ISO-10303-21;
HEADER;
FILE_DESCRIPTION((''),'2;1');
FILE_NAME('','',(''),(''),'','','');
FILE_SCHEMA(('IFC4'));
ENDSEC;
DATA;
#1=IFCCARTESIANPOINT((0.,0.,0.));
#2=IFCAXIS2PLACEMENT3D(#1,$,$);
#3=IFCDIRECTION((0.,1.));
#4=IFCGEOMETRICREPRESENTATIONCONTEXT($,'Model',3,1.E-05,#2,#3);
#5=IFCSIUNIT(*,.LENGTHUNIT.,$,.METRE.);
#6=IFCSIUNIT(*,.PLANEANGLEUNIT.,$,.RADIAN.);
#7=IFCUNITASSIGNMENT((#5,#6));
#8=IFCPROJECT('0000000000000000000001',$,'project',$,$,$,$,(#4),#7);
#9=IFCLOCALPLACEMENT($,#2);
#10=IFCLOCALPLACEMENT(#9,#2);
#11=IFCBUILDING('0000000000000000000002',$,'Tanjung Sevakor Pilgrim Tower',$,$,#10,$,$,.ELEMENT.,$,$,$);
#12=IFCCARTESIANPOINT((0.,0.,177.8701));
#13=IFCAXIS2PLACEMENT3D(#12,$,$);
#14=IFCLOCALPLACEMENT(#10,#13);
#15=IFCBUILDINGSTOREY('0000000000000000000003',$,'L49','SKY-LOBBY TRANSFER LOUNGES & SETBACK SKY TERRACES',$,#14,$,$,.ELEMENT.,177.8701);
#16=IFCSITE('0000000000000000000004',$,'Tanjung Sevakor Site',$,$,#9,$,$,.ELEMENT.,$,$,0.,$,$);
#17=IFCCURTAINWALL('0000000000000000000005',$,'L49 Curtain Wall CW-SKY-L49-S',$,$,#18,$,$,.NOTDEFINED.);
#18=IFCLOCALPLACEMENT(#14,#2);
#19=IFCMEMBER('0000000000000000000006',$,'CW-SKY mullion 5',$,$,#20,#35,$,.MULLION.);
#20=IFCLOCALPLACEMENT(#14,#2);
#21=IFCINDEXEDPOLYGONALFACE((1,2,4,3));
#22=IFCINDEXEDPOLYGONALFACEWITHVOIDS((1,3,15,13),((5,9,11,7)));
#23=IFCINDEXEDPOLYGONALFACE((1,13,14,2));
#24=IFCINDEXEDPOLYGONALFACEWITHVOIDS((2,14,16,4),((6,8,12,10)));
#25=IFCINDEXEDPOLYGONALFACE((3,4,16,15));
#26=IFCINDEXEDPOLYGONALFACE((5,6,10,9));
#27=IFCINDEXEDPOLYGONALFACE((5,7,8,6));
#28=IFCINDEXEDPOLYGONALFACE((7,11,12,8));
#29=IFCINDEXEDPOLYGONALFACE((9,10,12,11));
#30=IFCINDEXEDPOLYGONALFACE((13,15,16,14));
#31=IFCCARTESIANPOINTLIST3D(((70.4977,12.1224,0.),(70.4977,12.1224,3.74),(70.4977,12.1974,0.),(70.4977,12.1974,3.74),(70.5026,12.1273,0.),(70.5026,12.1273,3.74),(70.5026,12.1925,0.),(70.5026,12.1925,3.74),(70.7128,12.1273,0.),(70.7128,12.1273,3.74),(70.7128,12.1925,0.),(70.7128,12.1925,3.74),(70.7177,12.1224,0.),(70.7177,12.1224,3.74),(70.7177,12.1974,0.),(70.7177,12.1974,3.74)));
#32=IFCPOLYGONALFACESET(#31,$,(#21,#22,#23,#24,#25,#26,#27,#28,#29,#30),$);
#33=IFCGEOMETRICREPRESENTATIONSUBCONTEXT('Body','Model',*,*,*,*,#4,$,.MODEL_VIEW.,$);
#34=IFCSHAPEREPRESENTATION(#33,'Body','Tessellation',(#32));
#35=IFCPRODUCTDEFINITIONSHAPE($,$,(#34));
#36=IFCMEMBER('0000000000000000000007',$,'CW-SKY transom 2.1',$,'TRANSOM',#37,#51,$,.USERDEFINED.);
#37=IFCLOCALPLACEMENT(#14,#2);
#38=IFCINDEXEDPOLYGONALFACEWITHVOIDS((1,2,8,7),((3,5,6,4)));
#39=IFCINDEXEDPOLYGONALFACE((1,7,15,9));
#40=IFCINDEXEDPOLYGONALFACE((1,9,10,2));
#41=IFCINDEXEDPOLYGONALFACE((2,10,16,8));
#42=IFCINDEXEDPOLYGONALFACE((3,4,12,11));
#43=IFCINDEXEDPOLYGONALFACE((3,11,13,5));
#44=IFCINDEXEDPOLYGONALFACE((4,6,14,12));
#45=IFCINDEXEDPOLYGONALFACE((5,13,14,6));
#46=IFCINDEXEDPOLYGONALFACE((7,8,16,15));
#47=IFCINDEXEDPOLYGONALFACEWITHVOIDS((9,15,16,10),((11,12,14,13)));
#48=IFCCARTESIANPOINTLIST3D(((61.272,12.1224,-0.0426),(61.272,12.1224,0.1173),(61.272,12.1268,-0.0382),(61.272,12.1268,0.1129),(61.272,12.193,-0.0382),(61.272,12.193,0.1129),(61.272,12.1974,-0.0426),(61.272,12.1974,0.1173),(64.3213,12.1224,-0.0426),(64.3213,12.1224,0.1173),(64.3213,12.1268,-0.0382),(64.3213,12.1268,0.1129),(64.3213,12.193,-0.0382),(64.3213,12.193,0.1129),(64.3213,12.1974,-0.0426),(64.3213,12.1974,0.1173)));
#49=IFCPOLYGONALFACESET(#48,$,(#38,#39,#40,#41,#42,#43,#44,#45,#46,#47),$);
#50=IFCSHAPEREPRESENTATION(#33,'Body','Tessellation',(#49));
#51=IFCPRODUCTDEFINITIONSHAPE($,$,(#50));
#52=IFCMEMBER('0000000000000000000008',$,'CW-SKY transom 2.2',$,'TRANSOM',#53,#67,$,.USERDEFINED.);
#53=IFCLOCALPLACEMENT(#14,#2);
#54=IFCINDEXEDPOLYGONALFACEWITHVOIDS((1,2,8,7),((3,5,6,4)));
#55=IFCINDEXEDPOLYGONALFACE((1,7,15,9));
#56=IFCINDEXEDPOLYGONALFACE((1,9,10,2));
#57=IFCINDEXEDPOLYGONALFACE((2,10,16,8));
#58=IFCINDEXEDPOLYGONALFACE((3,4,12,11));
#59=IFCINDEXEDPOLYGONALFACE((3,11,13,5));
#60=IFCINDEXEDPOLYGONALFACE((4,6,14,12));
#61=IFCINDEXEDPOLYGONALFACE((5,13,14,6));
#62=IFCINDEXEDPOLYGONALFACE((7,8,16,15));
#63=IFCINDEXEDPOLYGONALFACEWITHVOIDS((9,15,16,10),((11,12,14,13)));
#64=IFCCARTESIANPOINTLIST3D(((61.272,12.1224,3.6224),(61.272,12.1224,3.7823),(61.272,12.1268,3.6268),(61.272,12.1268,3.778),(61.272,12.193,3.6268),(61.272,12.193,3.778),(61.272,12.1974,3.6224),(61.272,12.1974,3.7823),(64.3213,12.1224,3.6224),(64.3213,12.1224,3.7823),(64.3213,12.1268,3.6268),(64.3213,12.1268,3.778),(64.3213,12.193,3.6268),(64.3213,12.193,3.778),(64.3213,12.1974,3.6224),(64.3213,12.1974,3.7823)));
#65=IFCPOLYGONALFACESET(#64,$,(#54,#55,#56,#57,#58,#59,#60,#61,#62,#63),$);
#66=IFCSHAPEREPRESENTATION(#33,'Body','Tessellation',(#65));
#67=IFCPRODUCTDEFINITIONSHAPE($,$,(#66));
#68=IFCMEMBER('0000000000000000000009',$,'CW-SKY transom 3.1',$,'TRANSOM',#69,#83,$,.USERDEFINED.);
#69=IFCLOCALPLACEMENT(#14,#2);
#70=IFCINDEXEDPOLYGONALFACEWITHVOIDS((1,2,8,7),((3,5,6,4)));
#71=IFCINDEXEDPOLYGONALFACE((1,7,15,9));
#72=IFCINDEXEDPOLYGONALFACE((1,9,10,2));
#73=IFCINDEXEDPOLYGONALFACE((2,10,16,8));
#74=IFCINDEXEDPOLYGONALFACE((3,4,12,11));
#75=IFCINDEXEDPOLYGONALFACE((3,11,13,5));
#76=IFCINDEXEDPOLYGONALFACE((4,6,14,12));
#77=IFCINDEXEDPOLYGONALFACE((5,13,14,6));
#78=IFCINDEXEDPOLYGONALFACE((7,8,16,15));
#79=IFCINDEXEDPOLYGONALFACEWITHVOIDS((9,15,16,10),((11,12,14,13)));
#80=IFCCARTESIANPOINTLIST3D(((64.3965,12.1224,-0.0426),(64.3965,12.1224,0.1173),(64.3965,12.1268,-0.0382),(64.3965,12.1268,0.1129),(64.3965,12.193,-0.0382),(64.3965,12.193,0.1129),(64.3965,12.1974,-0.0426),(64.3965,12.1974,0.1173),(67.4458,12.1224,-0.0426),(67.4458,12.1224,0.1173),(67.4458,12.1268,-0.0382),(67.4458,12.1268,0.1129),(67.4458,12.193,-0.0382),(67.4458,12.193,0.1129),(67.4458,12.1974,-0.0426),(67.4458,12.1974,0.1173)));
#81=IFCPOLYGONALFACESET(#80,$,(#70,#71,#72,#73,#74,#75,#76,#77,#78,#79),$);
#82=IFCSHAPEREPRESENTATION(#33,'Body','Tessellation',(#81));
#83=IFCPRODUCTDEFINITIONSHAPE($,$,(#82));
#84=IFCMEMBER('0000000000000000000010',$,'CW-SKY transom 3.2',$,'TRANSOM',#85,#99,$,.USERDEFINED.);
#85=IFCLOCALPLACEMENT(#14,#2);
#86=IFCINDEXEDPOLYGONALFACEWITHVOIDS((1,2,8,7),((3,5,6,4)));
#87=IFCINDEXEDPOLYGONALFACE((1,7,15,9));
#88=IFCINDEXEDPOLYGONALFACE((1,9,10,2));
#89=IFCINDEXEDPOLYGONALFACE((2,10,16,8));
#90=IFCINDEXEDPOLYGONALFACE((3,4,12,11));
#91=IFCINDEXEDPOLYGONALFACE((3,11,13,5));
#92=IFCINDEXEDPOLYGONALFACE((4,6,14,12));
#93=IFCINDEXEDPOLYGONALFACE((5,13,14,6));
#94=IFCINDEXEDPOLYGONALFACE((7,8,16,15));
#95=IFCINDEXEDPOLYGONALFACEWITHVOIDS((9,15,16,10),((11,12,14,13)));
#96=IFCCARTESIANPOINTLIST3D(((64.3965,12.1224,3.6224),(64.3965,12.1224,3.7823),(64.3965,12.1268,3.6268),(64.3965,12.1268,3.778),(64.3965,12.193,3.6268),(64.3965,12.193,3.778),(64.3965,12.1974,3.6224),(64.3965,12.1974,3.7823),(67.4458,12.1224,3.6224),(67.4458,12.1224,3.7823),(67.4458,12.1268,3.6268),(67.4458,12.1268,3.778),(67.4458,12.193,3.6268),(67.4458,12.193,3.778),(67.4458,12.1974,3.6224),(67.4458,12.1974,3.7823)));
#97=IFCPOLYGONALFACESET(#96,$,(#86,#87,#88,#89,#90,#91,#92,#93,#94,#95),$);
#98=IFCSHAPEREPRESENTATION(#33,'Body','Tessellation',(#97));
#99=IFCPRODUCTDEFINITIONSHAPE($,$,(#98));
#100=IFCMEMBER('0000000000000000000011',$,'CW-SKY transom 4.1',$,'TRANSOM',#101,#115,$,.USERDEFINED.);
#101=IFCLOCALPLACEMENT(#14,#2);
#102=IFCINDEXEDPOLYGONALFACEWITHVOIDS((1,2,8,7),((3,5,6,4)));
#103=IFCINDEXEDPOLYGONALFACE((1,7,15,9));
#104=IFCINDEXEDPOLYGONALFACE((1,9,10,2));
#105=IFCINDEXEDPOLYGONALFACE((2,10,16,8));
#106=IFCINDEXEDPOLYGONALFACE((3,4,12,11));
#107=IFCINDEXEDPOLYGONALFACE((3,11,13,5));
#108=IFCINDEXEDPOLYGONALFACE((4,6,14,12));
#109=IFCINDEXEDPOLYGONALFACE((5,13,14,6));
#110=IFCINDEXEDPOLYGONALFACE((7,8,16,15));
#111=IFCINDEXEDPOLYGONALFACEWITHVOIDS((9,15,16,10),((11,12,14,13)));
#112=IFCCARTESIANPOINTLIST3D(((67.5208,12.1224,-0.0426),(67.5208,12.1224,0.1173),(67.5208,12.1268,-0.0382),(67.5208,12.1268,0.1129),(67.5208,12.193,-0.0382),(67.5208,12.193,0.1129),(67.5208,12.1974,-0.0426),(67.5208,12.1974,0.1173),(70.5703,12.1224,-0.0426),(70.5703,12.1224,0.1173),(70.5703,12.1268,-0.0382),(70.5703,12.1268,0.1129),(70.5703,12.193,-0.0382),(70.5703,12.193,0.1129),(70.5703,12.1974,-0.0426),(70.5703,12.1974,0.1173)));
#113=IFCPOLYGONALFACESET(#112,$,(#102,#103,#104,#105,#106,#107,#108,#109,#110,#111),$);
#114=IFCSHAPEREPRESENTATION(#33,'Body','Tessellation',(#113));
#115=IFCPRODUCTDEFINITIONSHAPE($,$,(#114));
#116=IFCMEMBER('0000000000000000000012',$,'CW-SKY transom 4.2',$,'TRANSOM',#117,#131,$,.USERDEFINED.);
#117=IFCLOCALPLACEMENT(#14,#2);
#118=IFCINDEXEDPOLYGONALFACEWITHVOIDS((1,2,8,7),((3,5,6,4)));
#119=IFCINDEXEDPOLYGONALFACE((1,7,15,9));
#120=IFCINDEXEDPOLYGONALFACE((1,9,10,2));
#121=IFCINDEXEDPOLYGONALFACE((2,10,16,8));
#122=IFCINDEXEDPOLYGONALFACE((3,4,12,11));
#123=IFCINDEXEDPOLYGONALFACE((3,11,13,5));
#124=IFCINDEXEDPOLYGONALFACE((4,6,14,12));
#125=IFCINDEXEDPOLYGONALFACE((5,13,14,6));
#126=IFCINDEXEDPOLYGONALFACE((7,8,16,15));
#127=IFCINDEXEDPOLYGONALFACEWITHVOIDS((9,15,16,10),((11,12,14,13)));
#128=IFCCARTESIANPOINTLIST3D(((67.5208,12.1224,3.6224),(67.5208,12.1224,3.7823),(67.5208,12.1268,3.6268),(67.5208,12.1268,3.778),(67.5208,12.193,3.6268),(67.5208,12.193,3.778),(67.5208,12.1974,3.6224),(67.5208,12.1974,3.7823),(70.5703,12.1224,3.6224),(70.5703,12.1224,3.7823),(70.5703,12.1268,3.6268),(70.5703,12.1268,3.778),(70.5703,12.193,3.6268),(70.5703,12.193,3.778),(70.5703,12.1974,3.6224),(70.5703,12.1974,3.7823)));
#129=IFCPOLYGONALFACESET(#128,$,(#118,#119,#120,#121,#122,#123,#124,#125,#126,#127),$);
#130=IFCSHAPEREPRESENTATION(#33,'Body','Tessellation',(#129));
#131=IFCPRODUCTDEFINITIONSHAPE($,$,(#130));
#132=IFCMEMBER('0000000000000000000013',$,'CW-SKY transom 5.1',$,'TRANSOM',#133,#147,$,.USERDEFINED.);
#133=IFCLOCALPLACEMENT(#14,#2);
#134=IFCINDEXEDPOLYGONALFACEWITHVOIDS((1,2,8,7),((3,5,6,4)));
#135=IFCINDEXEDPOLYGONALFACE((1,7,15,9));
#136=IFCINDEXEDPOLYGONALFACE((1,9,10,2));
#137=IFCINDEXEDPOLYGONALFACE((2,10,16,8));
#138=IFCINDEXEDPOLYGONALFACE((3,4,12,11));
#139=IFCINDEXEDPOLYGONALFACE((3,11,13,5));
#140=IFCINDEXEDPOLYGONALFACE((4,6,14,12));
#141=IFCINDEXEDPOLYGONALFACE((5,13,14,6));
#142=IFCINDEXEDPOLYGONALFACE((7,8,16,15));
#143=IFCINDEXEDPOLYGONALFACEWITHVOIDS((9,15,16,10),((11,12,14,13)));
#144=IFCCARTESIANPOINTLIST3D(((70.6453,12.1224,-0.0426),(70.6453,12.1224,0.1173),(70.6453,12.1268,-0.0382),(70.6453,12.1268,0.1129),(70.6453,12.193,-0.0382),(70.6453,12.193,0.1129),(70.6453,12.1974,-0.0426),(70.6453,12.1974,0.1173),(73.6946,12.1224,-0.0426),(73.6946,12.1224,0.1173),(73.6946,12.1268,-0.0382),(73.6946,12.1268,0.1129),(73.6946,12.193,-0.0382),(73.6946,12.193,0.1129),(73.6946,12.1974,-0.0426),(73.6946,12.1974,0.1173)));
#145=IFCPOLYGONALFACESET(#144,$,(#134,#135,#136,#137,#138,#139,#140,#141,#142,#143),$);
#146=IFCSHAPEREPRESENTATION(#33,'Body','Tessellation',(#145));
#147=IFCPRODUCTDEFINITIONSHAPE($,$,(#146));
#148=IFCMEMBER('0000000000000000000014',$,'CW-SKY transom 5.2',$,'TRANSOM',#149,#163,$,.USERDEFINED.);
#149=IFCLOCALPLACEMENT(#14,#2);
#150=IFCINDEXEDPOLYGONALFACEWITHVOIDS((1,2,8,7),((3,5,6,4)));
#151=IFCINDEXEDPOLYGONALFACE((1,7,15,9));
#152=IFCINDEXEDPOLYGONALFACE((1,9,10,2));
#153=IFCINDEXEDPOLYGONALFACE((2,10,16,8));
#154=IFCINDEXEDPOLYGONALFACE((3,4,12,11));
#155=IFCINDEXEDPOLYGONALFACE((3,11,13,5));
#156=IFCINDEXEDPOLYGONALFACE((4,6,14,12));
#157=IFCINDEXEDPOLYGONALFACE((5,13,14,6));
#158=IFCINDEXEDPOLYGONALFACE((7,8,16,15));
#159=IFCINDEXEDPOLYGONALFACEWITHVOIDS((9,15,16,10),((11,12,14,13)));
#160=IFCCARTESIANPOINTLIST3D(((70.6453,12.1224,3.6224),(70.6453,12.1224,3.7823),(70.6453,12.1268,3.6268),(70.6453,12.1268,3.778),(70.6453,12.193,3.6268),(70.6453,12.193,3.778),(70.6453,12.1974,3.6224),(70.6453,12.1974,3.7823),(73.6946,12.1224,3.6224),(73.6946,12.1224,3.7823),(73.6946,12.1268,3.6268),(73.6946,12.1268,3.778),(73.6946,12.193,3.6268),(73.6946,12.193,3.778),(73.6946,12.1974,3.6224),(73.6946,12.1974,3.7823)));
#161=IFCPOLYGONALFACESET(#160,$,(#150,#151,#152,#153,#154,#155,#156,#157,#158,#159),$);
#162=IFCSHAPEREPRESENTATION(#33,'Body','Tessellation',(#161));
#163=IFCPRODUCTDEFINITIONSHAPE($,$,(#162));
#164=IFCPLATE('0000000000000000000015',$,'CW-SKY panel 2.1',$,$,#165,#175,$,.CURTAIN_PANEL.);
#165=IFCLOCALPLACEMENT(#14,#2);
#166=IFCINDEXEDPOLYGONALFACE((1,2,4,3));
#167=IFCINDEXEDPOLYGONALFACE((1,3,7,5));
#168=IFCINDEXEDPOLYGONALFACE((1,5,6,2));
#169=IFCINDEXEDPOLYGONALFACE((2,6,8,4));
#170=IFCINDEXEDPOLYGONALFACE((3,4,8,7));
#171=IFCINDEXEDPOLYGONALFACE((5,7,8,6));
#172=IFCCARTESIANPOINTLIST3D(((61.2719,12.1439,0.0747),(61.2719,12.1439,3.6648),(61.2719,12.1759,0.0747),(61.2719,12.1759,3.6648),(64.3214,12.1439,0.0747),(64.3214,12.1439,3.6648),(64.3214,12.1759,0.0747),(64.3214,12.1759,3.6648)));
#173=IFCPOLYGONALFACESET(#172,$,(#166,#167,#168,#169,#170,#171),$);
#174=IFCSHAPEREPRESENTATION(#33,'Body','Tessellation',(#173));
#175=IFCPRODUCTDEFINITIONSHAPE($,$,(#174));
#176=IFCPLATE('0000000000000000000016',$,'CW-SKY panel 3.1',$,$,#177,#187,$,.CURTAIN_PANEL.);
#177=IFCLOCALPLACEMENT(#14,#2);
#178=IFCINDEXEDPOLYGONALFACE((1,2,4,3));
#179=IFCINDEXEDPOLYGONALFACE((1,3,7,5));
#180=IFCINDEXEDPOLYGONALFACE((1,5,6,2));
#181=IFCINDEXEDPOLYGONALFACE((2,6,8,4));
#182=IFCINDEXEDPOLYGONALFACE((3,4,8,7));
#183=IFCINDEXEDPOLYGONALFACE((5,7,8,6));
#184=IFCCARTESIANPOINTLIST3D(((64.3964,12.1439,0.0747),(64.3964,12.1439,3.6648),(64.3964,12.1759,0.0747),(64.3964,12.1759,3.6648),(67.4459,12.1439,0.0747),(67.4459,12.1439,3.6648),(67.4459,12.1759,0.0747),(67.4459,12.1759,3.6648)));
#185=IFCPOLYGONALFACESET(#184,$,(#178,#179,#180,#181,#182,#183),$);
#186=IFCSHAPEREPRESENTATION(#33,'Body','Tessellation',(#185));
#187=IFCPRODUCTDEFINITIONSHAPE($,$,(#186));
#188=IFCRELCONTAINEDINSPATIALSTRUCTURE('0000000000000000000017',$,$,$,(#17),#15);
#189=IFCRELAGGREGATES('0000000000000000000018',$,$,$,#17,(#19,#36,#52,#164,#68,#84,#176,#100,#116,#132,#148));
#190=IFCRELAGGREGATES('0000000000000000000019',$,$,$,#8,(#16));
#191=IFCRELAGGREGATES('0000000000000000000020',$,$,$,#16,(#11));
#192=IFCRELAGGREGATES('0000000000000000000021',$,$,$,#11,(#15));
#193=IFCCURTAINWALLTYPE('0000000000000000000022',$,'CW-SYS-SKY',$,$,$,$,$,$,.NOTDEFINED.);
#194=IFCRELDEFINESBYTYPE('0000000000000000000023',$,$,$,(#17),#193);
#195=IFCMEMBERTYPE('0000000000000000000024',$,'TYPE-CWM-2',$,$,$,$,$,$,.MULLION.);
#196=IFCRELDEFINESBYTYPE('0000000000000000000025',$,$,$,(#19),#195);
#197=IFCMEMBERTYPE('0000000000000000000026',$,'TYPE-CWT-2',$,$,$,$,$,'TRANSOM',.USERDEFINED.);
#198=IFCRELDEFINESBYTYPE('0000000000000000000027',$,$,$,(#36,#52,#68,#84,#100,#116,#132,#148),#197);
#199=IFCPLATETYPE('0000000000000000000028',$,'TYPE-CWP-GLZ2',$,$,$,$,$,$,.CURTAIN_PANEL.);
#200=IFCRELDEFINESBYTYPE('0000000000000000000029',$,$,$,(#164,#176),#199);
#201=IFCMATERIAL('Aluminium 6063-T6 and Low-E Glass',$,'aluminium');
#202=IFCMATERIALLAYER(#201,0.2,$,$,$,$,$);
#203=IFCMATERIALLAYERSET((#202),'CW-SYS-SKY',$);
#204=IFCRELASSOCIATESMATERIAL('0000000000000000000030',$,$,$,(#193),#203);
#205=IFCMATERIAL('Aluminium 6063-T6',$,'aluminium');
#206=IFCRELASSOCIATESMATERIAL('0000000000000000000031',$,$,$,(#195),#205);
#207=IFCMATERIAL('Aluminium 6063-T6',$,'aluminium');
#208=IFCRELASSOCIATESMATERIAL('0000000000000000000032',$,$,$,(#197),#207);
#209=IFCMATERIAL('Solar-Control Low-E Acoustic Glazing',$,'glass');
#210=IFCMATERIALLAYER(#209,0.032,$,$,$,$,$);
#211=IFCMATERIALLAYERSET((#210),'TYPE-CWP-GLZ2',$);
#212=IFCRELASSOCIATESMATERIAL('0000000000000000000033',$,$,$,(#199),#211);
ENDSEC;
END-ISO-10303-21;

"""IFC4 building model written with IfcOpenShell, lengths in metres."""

from ifc_helpers import new_model, si_unit, direction, frame, origin, origin_2d, place, context, subcontext, project, spatial, rectangle, hollow_rectangle, extrude, material, layer, layer_set, material_profile, profile_set, type_object, element, aggregate, save


model = new_model("IFC4")

# Units and contexts
model_context = context("Model", 3, precision=1e-05, world=origin(), true_north=direction((0.0, 1.0)))
body_context = subcontext(model_context, "Body", "Model", "MODEL_VIEW")
ifc_project = project(units=[si_unit("LENGTHUNIT", "METRE"), si_unit("PLANEANGLEUNIT", "RADIAN")], contexts=[model_context])

# Site, building, storey
site_placement = place(None, origin())
site = spatial("IfcSite", under=ifc_project, at=site_placement, Name="Tanjung Sevakor Site", CompositionType="ELEMENT", RefElevation=0.0)
building_placement = place(site_placement, origin())
building = spatial("IfcBuilding", under=site, at=building_placement, Name="Tanjung Sevakor Pilgrim Tower", CompositionType="ELEMENT")
storey_placement = place(building_placement, frame((0.0, 0.0, 177.8701)))
storey = spatial("IfcBuildingStorey", under=building, at=storey_placement, Name="L49", Description="SKY-LOBBY TRANSFER LOUNGES & SETBACK SKY TERRACES", CompositionType="ELEMENT", Elevation=177.8701)

# Curtain wall, members, plates
ifc_material_1 = material(Name="Aluminium 6063-T6 and Low-E Glass", Category="aluminium")
ifc_layer_1 = layer(ifc_material_1, 0.2)
ifc_layer_set_1 = layer_set([ifc_layer_1], Name="CW-SYS-SKY")
curtain_wall_type = type_object("IfcCurtainWallType", Name="CW-SYS-SKY", PredefinedType="NOTDEFINED", material=ifc_layer_set_1)
curtain_wall_placement = place(storey_placement, origin())
curtain_wall = element("IfcCurtainWall", 1, at=curtain_wall_placement, inside=storey, type_object=curtain_wall_type, Name="L49 Curtain Wall CW-SKY-L49-S", PredefinedType="NOTDEFINED")
ifc_material_2 = material(Name="Aluminium 6063-T6", Category="aluminium")
ifc_material_profile_1 = material_profile(ifc_material_2, hollow_rectangle(XDim=0.075, YDim=0.22, WallThickness=0.0049, at=origin_2d()))
ifc_profile_set_1 = profile_set([ifc_material_profile_1], Name="Aluminium 6063-T6")
member_type_1 = type_object("IfcMemberType", Name="TYPE-CWM-2", PredefinedType="MULLION", material=ifc_profile_set_1)
member_1_placement = place(storey_placement, frame((70.6077, 12.1599, 0.0), z_axis=(0.0, 0.0, 1.0), x_axis=(0.0, 1.0, 0.0)))
member_1 = element("IfcMember", 2, at=member_1_placement, type_object=member_type_1, Name="CW-SKY mullion 5", PredefinedType="MULLION", context=body_context, shape_type="SweptSolid", body=[
    extrude(hollow_rectangle(XDim=0.075, YDim=0.22, WallThickness=0.0049, at=origin_2d()), origin(), (0.0, 0.0, 1.0), 3.74),
])
ifc_material_3 = material(Name="Aluminium 6063-T6", Category="aluminium")
ifc_material_profile_2 = material_profile(ifc_material_3, hollow_rectangle(XDim=0.075, YDim=0.1599, WallThickness=0.0044, at=origin_2d()))
ifc_profile_set_2 = profile_set([ifc_material_profile_2], Name="Aluminium 6063-T6")
member_type_2 = type_object("IfcMemberType", Name="TYPE-CWT-2", ElementType="TRANSOM", PredefinedType="USERDEFINED", material=ifc_profile_set_2)
member_2_placement = place(storey_placement, frame((61.272, 12.1599, 0.0374), z_axis=(1.0, 0.0, 0.0), x_axis=(0.0, 1.0, 0.0)))
member_2 = element("IfcMember", 3, at=member_2_placement, type_object=member_type_2, Name="CW-SKY transom 2.1", ObjectType="TRANSOM", PredefinedType="USERDEFINED", context=body_context, shape_type="SweptSolid", body=[
    extrude(hollow_rectangle(XDim=0.075, YDim=0.1599, WallThickness=0.0044, at=origin_2d()), origin(), (0.0, 0.0, 1.0), 3.0493),
])
member_3_placement = place(storey_placement, frame((61.272, 12.1599, 3.7024), z_axis=(1.0, 0.0, 0.0), x_axis=(0.0, 1.0, 0.0)))
member_3 = element("IfcMember", 4, at=member_3_placement, type_object=member_type_2, Name="CW-SKY transom 2.2", ObjectType="TRANSOM", PredefinedType="USERDEFINED", context=body_context, shape_type="SweptSolid", body=[
    extrude(hollow_rectangle(XDim=0.075, YDim=0.1599, WallThickness=0.0044, at=origin_2d()), origin(), (0.0, 0.0, 1.0), 3.0493),
])
member_4_placement = place(storey_placement, frame((64.3965, 12.1599, 0.0374), z_axis=(1.0, 0.0, 0.0), x_axis=(0.0, 1.0, 0.0)))
member_4 = element("IfcMember", 5, at=member_4_placement, type_object=member_type_2, Name="CW-SKY transom 3.1", ObjectType="TRANSOM", PredefinedType="USERDEFINED", context=body_context, shape_type="SweptSolid", body=[
    extrude(hollow_rectangle(XDim=0.075, YDim=0.1599, WallThickness=0.0044, at=origin_2d()), origin(), (0.0, 0.0, 1.0), 3.0493),
])
member_5_placement = place(storey_placement, frame((64.3965, 12.1599, 3.7024), z_axis=(1.0, 0.0, 0.0), x_axis=(0.0, 1.0, 0.0)))
member_5 = element("IfcMember", 6, at=member_5_placement, type_object=member_type_2, Name="CW-SKY transom 3.2", ObjectType="TRANSOM", PredefinedType="USERDEFINED", context=body_context, shape_type="SweptSolid", body=[
    extrude(hollow_rectangle(XDim=0.075, YDim=0.1599, WallThickness=0.0044, at=origin_2d()), origin(), (0.0, 0.0, 1.0), 3.0493),
])
member_6_placement = place(storey_placement, frame((67.5208, 12.1599, 0.0374), z_axis=(1.0, 0.0, 0.0), x_axis=(0.0, 1.0, 0.0)))
member_6 = element("IfcMember", 7, at=member_6_placement, type_object=member_type_2, Name="CW-SKY transom 4.1", ObjectType="TRANSOM", PredefinedType="USERDEFINED", context=body_context, shape_type="SweptSolid", body=[
    extrude(hollow_rectangle(XDim=0.075, YDim=0.1599, WallThickness=0.0044, at=origin_2d()), origin(), (0.0, 0.0, 1.0), 3.0496),
])
member_7_placement = place(storey_placement, frame((67.5208, 12.1599, 3.7024), z_axis=(1.0, 0.0, 0.0), x_axis=(0.0, 1.0, 0.0)))
member_7 = element("IfcMember", 8, at=member_7_placement, type_object=member_type_2, Name="CW-SKY transom 4.2", ObjectType="TRANSOM", PredefinedType="USERDEFINED", context=body_context, shape_type="SweptSolid", body=[
    extrude(hollow_rectangle(XDim=0.075, YDim=0.1599, WallThickness=0.0044, at=origin_2d()), origin(), (0.0, 0.0, 1.0), 3.0496),
])
member_8_placement = place(storey_placement, frame((70.6453, 12.1599, 0.0374), z_axis=(1.0, 0.0, 0.0), x_axis=(0.0, 1.0, 0.0)))
member_8 = element("IfcMember", 9, at=member_8_placement, type_object=member_type_2, Name="CW-SKY transom 5.1", ObjectType="TRANSOM", PredefinedType="USERDEFINED", context=body_context, shape_type="SweptSolid", body=[
    extrude(hollow_rectangle(XDim=0.075, YDim=0.1599, WallThickness=0.0044, at=origin_2d()), origin(), (0.0, 0.0, 1.0), 3.0493),
])
member_9_placement = place(storey_placement, frame((70.6453, 12.1599, 3.7024), z_axis=(1.0, 0.0, 0.0), x_axis=(0.0, 1.0, 0.0)))
member_9 = element("IfcMember", 10, at=member_9_placement, type_object=member_type_2, Name="CW-SKY transom 5.2", ObjectType="TRANSOM", PredefinedType="USERDEFINED", context=body_context, shape_type="SweptSolid", body=[
    extrude(hollow_rectangle(XDim=0.075, YDim=0.1599, WallThickness=0.0044, at=origin_2d()), origin(), (0.0, 0.0, 1.0), 3.0493),
])
ifc_material_4 = material(Name="Solar-Control Low-E Acoustic Glazing", Category="glass")
ifc_layer_2 = layer(ifc_material_4, 0.032)
ifc_layer_set_2 = layer_set([ifc_layer_2], Name="TYPE-CWP-GLZ2")
plate_type = type_object("IfcPlateType", Name="TYPE-CWP-GLZ2", PredefinedType="CURTAIN_PANEL", material=ifc_layer_set_2)
plate_1_placement = place(storey_placement, frame((62.7966, 12.1599, 0.0747), z_axis=(0.0, 0.0, 1.0), x_axis=(1.0, 0.0, 0.0)))
plate_1 = element("IfcPlate", 11, at=plate_1_placement, type_object=plate_type, Name="CW-SKY panel 2.1", PredefinedType="CURTAIN_PANEL", context=body_context, shape_type="SweptSolid", body=[
    extrude(rectangle(XDim=3.0496, YDim=0.032, at=origin_2d()), origin(), (0.0, 0.0, 1.0), 3.5901),
])
plate_2_placement = place(storey_placement, frame((65.9211, 12.1599, 0.0747), z_axis=(0.0, 0.0, 1.0), x_axis=(1.0, 0.0, 0.0)))
plate_2 = element("IfcPlate", 12, at=plate_2_placement, type_object=plate_type, Name="CW-SKY panel 3.1", PredefinedType="CURTAIN_PANEL", context=body_context, shape_type="SweptSolid", body=[
    extrude(rectangle(XDim=3.0496, YDim=0.032, at=origin_2d()), origin(), (0.0, 0.0, 1.0), 3.5901),
])
aggregate(curtain_wall, [member_1, member_2, member_3, plate_1, member_4, member_5, plate_2, member_6, member_7, member_8, member_9])

save(model, "model.ifc")
